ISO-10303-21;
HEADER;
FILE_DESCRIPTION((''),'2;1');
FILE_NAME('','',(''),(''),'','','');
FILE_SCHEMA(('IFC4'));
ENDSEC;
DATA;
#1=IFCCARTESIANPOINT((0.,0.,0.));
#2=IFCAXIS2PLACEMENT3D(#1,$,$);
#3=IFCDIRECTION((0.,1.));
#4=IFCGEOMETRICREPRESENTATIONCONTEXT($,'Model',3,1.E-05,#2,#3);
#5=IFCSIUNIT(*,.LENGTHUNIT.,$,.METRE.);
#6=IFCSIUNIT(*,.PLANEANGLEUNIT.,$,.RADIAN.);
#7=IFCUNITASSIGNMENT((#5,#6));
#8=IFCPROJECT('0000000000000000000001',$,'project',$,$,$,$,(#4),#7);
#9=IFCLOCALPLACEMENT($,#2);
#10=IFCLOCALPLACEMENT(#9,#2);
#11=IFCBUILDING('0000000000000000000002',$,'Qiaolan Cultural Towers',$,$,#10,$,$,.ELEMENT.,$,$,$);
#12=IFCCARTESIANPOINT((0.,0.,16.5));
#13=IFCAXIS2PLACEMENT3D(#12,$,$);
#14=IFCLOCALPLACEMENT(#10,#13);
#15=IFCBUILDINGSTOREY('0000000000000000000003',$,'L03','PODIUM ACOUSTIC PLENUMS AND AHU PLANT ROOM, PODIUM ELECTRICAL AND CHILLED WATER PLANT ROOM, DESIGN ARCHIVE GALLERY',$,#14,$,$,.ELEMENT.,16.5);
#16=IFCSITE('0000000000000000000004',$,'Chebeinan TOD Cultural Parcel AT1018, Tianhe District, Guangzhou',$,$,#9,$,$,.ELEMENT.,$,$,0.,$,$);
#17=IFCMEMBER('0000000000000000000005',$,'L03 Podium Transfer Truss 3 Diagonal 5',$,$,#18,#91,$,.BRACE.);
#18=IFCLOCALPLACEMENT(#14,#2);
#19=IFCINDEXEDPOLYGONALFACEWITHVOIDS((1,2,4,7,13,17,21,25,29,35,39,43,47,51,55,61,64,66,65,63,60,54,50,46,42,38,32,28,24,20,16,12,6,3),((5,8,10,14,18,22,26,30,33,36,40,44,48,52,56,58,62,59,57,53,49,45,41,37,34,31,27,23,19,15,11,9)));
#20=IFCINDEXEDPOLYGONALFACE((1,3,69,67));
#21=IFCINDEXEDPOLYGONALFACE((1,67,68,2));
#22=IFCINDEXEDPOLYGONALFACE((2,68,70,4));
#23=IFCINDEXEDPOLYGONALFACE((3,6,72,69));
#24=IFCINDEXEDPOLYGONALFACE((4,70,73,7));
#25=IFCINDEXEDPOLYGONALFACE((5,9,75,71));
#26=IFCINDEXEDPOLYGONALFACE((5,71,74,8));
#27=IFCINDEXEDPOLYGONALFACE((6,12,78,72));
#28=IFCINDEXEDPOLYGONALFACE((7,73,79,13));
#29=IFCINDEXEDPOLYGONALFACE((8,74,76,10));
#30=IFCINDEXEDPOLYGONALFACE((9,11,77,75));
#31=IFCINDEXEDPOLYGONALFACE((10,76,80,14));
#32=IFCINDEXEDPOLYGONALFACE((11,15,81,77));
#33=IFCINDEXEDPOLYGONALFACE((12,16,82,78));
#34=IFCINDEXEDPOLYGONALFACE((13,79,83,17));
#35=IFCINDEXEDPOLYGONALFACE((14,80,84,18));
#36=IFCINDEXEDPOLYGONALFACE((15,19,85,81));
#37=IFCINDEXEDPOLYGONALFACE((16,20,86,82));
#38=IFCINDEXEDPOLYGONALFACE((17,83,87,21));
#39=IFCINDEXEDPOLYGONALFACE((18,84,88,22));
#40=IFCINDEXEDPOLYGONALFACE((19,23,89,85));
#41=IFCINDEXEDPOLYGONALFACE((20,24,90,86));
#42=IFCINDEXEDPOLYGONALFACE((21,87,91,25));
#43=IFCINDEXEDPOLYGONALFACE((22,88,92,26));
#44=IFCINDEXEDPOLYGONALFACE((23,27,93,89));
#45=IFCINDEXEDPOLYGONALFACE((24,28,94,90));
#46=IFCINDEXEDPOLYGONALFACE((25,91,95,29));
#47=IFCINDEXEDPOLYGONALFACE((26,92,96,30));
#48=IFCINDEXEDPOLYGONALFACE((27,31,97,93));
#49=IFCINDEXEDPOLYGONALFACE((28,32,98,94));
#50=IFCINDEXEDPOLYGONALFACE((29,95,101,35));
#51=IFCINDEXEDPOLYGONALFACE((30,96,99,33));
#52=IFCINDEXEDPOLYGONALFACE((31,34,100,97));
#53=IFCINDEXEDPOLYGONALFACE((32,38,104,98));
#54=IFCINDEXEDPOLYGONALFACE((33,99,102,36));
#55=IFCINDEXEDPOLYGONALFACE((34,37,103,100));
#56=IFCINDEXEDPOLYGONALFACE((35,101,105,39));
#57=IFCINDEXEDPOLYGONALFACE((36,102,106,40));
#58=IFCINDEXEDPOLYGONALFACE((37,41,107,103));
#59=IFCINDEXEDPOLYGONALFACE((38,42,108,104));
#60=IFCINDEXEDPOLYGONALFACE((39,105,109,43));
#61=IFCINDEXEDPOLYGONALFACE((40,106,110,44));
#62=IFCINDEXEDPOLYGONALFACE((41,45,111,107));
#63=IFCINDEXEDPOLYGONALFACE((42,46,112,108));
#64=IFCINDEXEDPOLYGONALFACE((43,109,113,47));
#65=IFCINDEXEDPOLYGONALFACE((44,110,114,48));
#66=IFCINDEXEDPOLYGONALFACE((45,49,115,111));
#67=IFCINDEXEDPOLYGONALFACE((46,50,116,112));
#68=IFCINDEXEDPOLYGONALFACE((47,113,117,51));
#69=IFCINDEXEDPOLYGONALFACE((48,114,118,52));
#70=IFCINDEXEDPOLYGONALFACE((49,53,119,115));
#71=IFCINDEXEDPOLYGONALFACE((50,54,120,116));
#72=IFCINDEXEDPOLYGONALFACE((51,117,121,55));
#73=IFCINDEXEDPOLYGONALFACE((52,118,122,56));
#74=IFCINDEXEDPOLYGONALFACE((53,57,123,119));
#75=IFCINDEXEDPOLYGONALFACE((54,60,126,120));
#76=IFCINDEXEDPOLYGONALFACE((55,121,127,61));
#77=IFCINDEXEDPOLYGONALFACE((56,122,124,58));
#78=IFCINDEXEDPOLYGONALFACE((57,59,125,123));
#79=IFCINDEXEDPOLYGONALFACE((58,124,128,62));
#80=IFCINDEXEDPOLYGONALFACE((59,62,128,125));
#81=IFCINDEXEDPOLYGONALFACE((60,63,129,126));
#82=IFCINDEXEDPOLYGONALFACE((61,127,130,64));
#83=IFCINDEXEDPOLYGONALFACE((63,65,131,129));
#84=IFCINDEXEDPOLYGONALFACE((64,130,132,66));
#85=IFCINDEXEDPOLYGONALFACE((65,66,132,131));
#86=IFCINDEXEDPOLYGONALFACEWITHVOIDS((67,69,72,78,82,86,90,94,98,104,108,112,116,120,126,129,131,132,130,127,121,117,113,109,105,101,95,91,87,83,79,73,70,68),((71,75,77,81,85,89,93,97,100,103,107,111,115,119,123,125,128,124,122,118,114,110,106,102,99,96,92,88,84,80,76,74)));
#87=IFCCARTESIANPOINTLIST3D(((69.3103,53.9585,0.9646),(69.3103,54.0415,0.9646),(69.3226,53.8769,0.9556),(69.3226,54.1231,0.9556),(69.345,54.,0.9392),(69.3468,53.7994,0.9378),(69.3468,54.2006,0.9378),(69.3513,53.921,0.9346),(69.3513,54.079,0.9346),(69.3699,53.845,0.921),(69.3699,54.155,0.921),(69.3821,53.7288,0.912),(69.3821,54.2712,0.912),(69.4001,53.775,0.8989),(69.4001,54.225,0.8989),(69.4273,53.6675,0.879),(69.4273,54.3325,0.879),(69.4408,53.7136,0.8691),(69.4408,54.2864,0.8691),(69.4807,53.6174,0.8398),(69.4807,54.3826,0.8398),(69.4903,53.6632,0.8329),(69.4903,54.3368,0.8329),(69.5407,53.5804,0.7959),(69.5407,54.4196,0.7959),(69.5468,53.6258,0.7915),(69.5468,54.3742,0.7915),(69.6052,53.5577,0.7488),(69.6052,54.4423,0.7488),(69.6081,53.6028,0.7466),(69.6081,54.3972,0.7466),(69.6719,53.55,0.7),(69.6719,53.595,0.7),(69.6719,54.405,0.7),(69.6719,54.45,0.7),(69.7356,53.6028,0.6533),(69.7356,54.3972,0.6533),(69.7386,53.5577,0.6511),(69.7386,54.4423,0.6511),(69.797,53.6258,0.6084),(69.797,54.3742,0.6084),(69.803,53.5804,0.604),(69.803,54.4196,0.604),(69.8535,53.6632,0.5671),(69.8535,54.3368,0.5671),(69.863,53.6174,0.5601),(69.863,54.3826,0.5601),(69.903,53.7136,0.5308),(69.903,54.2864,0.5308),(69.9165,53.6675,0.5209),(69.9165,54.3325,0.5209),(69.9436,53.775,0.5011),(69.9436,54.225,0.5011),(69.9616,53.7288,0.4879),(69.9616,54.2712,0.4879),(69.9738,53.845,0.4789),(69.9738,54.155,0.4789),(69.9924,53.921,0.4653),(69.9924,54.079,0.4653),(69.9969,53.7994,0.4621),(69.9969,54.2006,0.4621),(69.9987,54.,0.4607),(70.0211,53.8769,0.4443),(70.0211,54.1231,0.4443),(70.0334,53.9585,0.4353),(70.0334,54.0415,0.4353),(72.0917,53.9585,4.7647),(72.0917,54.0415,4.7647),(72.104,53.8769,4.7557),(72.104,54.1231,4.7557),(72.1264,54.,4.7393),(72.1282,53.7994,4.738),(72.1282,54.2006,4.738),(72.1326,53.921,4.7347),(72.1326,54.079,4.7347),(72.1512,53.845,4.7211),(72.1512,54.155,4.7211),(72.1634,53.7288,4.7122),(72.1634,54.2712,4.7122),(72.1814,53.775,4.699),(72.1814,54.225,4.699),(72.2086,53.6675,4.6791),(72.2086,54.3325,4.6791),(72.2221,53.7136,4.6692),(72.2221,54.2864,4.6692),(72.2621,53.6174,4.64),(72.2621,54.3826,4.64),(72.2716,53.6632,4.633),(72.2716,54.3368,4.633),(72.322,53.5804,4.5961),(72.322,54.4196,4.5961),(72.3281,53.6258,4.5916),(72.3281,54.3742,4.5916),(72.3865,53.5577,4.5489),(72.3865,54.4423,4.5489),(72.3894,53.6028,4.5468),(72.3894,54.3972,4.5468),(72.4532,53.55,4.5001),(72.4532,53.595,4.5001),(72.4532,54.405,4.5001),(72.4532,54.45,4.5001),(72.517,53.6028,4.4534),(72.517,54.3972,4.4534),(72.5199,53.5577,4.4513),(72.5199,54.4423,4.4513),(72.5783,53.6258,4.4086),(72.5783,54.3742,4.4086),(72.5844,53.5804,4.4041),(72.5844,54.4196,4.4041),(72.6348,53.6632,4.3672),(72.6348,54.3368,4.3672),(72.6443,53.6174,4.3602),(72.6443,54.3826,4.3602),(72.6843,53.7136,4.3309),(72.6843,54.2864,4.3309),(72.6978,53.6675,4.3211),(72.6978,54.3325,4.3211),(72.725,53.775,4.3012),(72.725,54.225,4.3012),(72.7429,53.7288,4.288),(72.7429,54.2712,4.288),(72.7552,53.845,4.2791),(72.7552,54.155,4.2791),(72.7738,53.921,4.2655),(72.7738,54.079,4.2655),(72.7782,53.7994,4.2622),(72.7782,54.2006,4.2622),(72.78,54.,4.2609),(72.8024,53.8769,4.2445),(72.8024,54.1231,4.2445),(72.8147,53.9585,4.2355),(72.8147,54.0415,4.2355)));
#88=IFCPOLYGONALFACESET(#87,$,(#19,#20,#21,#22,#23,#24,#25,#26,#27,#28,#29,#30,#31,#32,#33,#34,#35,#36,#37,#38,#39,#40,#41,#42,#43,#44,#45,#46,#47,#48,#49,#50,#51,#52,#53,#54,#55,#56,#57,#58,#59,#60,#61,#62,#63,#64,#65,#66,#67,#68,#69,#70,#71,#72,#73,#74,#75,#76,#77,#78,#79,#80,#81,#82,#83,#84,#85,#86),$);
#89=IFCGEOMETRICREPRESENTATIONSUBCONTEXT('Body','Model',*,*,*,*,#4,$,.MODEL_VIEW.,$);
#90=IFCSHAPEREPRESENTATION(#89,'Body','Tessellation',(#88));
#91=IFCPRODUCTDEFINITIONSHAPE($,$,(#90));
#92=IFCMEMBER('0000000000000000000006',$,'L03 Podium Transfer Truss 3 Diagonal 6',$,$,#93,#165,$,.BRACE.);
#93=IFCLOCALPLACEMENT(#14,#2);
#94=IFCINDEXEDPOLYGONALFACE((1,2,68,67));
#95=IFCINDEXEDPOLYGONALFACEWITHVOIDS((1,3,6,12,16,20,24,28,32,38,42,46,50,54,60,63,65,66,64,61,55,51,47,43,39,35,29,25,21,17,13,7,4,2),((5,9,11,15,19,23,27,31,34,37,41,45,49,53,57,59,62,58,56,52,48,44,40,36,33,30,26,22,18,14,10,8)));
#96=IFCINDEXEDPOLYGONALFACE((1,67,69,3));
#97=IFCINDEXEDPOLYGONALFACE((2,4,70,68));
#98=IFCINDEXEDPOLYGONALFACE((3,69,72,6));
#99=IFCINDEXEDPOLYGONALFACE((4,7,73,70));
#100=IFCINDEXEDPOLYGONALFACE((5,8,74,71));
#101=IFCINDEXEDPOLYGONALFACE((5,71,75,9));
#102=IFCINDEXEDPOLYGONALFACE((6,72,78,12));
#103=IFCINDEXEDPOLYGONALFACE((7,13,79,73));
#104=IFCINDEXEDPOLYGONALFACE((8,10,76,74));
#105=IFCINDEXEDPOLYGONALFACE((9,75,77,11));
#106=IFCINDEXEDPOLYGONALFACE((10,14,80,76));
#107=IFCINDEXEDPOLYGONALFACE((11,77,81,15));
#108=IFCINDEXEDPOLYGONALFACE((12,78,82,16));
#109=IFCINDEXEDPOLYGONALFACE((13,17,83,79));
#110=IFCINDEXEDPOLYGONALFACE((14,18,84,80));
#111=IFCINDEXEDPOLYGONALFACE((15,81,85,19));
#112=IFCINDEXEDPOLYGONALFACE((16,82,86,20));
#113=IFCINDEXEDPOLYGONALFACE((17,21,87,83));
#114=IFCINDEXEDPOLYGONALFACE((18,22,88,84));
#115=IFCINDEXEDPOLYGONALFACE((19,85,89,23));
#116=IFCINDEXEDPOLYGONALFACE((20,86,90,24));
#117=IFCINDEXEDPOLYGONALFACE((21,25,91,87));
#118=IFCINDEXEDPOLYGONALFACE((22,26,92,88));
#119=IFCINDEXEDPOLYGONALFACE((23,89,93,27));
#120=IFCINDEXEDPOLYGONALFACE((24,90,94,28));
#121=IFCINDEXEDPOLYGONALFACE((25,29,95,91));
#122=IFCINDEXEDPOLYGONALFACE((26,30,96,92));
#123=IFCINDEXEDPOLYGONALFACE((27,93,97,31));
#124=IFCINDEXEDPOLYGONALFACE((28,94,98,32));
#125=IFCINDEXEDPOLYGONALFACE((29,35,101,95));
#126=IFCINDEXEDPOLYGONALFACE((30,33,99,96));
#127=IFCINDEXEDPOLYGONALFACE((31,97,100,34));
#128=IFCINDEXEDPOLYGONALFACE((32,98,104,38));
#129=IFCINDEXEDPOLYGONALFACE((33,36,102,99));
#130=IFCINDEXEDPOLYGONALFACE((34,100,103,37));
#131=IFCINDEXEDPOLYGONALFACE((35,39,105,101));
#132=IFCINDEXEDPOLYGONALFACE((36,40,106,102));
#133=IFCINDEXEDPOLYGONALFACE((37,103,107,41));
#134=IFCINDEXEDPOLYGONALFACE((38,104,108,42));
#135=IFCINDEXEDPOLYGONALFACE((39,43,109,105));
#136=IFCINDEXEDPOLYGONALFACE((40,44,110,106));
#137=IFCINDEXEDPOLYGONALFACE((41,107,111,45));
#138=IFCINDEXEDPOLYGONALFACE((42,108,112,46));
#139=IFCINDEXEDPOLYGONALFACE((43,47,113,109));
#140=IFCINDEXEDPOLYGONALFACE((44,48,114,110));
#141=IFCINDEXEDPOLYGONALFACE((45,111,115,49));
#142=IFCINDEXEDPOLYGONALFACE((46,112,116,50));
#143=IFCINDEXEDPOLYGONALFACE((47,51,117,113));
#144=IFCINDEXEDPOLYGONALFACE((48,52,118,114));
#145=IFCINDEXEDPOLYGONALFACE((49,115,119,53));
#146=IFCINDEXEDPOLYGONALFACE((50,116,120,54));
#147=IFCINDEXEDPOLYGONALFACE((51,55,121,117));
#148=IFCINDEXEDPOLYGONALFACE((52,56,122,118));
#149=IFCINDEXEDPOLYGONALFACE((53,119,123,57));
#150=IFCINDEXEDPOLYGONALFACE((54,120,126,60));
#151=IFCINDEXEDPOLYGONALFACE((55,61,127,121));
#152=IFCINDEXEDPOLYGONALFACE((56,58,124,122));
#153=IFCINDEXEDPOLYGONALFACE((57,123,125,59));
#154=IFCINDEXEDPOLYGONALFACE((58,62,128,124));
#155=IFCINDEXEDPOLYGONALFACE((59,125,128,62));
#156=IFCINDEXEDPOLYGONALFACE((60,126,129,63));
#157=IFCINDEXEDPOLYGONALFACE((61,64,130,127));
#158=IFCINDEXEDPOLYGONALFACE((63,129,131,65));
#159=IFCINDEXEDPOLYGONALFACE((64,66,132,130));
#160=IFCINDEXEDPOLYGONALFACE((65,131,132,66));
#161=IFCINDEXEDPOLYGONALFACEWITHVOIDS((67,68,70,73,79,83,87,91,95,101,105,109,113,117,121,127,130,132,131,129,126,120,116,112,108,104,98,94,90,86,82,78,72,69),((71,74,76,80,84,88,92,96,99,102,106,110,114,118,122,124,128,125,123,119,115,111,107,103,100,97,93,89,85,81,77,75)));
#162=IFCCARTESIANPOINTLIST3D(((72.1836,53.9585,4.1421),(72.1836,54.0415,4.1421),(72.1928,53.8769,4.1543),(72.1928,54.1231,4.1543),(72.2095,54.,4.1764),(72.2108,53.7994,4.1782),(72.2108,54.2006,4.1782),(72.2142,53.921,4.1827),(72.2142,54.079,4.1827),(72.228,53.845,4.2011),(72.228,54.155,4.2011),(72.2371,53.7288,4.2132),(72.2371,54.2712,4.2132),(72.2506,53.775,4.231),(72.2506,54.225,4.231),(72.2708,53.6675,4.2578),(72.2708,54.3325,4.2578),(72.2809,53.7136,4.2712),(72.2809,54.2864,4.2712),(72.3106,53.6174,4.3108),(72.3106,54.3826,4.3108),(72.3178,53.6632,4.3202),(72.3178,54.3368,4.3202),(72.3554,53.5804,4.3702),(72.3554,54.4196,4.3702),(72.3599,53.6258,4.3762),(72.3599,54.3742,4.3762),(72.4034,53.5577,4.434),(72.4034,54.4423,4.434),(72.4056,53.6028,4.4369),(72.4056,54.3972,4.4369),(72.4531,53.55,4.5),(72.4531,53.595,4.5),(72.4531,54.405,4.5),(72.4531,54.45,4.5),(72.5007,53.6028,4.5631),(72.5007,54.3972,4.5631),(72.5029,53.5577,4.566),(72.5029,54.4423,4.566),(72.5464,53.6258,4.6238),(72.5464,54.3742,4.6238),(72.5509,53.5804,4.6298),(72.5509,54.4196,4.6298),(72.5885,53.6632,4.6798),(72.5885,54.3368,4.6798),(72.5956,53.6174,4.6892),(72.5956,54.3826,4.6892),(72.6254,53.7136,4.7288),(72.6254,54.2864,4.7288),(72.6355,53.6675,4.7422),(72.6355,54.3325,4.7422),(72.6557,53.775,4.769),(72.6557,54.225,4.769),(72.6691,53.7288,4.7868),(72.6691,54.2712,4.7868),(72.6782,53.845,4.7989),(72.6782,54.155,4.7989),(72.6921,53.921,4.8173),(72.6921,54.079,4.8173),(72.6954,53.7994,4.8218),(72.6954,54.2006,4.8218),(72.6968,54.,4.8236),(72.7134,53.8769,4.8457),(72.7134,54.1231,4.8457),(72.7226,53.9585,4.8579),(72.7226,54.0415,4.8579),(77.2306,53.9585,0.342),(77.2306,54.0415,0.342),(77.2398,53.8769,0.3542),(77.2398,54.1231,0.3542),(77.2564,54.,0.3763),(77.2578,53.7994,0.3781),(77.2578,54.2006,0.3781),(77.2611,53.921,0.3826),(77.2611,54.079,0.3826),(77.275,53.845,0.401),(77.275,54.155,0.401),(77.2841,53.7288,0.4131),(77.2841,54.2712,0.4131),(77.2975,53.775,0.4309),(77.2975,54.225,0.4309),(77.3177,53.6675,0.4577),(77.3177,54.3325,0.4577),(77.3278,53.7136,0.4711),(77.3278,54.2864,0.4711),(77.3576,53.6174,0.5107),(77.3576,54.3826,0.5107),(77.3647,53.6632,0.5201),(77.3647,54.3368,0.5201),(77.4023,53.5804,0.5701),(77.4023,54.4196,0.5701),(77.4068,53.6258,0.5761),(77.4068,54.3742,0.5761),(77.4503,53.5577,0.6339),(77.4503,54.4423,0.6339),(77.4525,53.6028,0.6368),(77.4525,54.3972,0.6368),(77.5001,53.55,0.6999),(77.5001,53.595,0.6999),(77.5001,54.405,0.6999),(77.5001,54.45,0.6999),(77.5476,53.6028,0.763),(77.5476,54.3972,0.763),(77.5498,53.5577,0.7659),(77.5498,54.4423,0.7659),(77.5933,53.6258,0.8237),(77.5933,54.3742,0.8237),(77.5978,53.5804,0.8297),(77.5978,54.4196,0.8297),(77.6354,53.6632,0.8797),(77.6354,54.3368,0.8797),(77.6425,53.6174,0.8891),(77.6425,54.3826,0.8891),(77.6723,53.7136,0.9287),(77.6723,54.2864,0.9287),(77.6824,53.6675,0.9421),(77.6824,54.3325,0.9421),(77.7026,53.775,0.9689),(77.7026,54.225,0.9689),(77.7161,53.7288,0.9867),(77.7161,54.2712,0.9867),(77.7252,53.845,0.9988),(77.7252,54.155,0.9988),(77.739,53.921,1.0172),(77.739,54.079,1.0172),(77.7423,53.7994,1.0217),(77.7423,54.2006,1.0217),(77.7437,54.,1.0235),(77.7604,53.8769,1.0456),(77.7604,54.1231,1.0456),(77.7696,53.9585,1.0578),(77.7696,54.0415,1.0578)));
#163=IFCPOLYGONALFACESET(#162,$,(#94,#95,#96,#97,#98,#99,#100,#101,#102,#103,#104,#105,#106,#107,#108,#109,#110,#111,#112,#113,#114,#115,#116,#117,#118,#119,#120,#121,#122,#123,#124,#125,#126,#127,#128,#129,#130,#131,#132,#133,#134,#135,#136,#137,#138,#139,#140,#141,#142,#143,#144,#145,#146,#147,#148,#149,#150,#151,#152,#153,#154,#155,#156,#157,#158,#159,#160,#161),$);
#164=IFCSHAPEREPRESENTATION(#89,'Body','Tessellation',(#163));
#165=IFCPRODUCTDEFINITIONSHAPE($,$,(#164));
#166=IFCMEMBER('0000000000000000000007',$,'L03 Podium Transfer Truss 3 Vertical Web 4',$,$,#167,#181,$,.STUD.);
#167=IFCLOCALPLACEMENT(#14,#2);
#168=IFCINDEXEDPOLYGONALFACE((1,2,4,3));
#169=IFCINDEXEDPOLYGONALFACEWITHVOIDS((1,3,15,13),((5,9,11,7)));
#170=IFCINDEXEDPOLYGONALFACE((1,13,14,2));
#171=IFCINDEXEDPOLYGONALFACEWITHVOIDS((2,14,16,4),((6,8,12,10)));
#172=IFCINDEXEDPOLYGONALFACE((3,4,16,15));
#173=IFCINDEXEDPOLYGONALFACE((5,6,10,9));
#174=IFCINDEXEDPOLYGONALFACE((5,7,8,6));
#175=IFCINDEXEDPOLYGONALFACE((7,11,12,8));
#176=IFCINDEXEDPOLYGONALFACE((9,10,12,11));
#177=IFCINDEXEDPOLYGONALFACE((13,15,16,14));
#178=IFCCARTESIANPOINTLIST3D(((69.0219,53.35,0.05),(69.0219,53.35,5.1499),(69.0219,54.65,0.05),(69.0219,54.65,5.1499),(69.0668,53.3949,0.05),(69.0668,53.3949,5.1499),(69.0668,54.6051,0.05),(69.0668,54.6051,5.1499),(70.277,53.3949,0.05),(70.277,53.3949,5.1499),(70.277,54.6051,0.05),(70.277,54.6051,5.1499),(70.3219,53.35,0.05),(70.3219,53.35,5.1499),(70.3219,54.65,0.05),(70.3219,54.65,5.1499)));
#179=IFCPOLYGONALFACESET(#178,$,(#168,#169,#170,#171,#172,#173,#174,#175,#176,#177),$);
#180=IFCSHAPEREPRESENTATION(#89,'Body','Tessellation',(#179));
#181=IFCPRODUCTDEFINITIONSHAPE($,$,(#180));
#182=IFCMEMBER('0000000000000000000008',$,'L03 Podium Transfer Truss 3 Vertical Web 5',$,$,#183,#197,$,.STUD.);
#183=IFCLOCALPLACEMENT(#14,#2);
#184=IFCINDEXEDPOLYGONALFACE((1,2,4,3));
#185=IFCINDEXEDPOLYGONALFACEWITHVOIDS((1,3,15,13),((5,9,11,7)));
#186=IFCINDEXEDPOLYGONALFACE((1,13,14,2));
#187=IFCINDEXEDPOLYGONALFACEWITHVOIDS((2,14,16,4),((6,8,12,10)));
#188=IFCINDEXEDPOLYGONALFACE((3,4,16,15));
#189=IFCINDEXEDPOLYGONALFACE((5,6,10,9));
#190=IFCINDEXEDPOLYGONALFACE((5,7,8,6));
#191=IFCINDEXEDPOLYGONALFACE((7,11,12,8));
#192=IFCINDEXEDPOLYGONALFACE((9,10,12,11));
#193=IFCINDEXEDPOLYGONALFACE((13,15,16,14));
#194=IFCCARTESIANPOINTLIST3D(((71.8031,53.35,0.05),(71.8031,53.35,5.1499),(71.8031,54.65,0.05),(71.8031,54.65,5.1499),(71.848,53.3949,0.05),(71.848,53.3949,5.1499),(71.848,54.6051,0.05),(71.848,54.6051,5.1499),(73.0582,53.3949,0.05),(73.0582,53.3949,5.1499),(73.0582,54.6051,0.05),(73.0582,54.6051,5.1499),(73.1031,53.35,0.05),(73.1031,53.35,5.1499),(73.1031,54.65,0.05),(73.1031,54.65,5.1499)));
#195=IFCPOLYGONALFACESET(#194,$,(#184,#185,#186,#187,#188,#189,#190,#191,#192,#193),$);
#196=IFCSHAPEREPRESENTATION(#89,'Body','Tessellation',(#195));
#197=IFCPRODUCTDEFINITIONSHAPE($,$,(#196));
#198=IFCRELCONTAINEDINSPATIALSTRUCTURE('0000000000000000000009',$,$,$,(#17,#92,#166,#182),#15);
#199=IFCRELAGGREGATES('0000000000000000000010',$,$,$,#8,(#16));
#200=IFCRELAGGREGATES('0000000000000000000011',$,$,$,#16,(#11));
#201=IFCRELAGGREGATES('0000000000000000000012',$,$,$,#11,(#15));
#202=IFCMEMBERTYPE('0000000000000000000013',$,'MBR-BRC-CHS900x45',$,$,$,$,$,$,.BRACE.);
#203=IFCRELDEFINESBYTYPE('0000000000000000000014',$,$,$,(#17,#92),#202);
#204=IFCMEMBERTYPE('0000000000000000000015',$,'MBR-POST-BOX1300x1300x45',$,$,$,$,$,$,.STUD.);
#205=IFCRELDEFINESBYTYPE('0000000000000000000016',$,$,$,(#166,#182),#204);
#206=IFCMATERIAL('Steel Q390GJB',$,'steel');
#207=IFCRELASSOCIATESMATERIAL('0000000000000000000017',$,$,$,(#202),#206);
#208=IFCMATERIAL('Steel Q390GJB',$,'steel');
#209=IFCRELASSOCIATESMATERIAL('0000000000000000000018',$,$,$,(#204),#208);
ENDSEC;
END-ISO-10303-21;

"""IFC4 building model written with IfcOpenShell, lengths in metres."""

from ifc_helpers import new_model, si_unit, direction, frame, origin, origin_2d, place, context, subcontext, project, spatial, hollow_rectangle, hollow_circle, extrude, material, material_profile, profile_set, type_object, element, save


model = new_model("IFC4")

# Units and contexts
model_context = context("Model", 3, precision=1e-05, world=origin(), true_north=direction((0.0, 1.0)))
body_context = subcontext(model_context, "Body", "Model", "MODEL_VIEW")
ifc_project = project(units=[si_unit("LENGTHUNIT", "METRE"), si_unit("PLANEANGLEUNIT", "RADIAN")], contexts=[model_context])

# Site, building, storey
site_placement = place(None, origin())
site = spatial("IfcSite", under=ifc_project, at=site_placement, Name="Chebeinan TOD Cultural Parcel AT1018, Tianhe District, Guangzhou", CompositionType="ELEMENT", RefElevation=0.0)
building_placement = place(site_placement, origin())
building = spatial("IfcBuilding", under=site, at=building_placement, Name="Qiaolan Cultural Towers", CompositionType="ELEMENT")
storey_placement = place(building_placement, frame((0.0, 0.0, 16.5)))
storey = spatial("IfcBuildingStorey", under=building, at=storey_placement, Name="L03", Description="PODIUM ACOUSTIC PLENUMS AND AHU PLANT ROOM, PODIUM ELECTRICAL AND CHILLED WATER PLANT ROOM, DESIGN ARCHIVE GALLERY", CompositionType="ELEMENT", Elevation=16.5)

# Members
ifc_material_1 = material(Name="Steel Q390GJB", Category="steel")
ifc_material_profile_1 = material_profile(ifc_material_1, hollow_circle(Radius=0.45, WallThickness=0.0449, at=origin_2d()), Name="CHS900x45")
ifc_profile_set_1 = profile_set([ifc_material_profile_1], Name="Steel Q390GJB")
member_type_1 = type_object("IfcMemberType", Name="MBR-BRC-CHS900x45", PredefinedType="BRACE", material=ifc_profile_set_1)
member_1_placement = place(storey_placement, frame((69.6719, 54.0, 0.7), z_axis=(0.59061, 0.0, 0.806957), x_axis=(0.0, 1.0, 0.0)))
element("IfcMember", 1, at=member_1_placement, inside=storey, type_object=member_type_1, Name="L03 Podium Transfer Truss 3 Diagonal 5", PredefinedType="BRACE", context=body_context, shape_type="SweptSolid", body=[
    extrude(hollow_circle(Radius=0.45, WallThickness=0.0449, at=origin_2d()), origin(), (0.0, 0.0, 1.0), 4.7092),
])
member_2_placement = place(storey_placement, frame((72.4531, 54.0, 4.5), z_axis=(0.798867, 0.0, -0.601508), x_axis=(0.0, 1.0, 0.0)))
element("IfcMember", 2, at=member_2_placement, inside=storey, type_object=member_type_1, Name="L03 Podium Transfer Truss 3 Diagonal 6", PredefinedType="BRACE", context=body_context, shape_type="SweptSolid", body=[
    extrude(hollow_circle(Radius=0.45, WallThickness=0.0449, at=origin_2d()), origin(), (0.0, 0.0, 1.0), 6.3176),
])
ifc_material_2 = material(Name="Steel Q390GJB", Category="steel")
ifc_material_profile_2 = material_profile(ifc_material_2, hollow_rectangle(XDim=1.3, YDim=1.3, WallThickness=0.0449, at=origin_2d()), Name="BOX1300x1300x45")
ifc_profile_set_2 = profile_set([ifc_material_profile_2], Name="Steel Q390GJB")
member_type_2 = type_object("IfcMemberType", Name="MBR-POST-BOX1300x1300x45", PredefinedType="STUD", material=ifc_profile_set_2)
for number, where, z_axis, x_axis, name in (
    (3, (69.6719, 54.0, 0.05), (0.0, 0.0, 1.0), (1.0, 0.0, 0.0), "L03 Podium Transfer Truss 3 Vertical Web 4"),
    (4, (72.4531, 54.0, 0.05), (0.0, 0.0, 1.0), (1.0, 0.0, 0.0), "L03 Podium Transfer Truss 3 Vertical Web 5"),
):
    element("IfcMember", number, at=place(storey_placement, frame(where, z_axis=z_axis, x_axis=x_axis)), inside=storey, type_object=member_type_2, Name=name, PredefinedType="STUD", context=body_context, shape_type="SweptSolid", body=[
        extrude(hollow_rectangle(XDim=1.3, YDim=1.3, WallThickness=0.0449, at=origin_2d()), origin(), (0.0, 0.0, 1.0), 5.0999),
    ])

save(model, "model.ifc")
